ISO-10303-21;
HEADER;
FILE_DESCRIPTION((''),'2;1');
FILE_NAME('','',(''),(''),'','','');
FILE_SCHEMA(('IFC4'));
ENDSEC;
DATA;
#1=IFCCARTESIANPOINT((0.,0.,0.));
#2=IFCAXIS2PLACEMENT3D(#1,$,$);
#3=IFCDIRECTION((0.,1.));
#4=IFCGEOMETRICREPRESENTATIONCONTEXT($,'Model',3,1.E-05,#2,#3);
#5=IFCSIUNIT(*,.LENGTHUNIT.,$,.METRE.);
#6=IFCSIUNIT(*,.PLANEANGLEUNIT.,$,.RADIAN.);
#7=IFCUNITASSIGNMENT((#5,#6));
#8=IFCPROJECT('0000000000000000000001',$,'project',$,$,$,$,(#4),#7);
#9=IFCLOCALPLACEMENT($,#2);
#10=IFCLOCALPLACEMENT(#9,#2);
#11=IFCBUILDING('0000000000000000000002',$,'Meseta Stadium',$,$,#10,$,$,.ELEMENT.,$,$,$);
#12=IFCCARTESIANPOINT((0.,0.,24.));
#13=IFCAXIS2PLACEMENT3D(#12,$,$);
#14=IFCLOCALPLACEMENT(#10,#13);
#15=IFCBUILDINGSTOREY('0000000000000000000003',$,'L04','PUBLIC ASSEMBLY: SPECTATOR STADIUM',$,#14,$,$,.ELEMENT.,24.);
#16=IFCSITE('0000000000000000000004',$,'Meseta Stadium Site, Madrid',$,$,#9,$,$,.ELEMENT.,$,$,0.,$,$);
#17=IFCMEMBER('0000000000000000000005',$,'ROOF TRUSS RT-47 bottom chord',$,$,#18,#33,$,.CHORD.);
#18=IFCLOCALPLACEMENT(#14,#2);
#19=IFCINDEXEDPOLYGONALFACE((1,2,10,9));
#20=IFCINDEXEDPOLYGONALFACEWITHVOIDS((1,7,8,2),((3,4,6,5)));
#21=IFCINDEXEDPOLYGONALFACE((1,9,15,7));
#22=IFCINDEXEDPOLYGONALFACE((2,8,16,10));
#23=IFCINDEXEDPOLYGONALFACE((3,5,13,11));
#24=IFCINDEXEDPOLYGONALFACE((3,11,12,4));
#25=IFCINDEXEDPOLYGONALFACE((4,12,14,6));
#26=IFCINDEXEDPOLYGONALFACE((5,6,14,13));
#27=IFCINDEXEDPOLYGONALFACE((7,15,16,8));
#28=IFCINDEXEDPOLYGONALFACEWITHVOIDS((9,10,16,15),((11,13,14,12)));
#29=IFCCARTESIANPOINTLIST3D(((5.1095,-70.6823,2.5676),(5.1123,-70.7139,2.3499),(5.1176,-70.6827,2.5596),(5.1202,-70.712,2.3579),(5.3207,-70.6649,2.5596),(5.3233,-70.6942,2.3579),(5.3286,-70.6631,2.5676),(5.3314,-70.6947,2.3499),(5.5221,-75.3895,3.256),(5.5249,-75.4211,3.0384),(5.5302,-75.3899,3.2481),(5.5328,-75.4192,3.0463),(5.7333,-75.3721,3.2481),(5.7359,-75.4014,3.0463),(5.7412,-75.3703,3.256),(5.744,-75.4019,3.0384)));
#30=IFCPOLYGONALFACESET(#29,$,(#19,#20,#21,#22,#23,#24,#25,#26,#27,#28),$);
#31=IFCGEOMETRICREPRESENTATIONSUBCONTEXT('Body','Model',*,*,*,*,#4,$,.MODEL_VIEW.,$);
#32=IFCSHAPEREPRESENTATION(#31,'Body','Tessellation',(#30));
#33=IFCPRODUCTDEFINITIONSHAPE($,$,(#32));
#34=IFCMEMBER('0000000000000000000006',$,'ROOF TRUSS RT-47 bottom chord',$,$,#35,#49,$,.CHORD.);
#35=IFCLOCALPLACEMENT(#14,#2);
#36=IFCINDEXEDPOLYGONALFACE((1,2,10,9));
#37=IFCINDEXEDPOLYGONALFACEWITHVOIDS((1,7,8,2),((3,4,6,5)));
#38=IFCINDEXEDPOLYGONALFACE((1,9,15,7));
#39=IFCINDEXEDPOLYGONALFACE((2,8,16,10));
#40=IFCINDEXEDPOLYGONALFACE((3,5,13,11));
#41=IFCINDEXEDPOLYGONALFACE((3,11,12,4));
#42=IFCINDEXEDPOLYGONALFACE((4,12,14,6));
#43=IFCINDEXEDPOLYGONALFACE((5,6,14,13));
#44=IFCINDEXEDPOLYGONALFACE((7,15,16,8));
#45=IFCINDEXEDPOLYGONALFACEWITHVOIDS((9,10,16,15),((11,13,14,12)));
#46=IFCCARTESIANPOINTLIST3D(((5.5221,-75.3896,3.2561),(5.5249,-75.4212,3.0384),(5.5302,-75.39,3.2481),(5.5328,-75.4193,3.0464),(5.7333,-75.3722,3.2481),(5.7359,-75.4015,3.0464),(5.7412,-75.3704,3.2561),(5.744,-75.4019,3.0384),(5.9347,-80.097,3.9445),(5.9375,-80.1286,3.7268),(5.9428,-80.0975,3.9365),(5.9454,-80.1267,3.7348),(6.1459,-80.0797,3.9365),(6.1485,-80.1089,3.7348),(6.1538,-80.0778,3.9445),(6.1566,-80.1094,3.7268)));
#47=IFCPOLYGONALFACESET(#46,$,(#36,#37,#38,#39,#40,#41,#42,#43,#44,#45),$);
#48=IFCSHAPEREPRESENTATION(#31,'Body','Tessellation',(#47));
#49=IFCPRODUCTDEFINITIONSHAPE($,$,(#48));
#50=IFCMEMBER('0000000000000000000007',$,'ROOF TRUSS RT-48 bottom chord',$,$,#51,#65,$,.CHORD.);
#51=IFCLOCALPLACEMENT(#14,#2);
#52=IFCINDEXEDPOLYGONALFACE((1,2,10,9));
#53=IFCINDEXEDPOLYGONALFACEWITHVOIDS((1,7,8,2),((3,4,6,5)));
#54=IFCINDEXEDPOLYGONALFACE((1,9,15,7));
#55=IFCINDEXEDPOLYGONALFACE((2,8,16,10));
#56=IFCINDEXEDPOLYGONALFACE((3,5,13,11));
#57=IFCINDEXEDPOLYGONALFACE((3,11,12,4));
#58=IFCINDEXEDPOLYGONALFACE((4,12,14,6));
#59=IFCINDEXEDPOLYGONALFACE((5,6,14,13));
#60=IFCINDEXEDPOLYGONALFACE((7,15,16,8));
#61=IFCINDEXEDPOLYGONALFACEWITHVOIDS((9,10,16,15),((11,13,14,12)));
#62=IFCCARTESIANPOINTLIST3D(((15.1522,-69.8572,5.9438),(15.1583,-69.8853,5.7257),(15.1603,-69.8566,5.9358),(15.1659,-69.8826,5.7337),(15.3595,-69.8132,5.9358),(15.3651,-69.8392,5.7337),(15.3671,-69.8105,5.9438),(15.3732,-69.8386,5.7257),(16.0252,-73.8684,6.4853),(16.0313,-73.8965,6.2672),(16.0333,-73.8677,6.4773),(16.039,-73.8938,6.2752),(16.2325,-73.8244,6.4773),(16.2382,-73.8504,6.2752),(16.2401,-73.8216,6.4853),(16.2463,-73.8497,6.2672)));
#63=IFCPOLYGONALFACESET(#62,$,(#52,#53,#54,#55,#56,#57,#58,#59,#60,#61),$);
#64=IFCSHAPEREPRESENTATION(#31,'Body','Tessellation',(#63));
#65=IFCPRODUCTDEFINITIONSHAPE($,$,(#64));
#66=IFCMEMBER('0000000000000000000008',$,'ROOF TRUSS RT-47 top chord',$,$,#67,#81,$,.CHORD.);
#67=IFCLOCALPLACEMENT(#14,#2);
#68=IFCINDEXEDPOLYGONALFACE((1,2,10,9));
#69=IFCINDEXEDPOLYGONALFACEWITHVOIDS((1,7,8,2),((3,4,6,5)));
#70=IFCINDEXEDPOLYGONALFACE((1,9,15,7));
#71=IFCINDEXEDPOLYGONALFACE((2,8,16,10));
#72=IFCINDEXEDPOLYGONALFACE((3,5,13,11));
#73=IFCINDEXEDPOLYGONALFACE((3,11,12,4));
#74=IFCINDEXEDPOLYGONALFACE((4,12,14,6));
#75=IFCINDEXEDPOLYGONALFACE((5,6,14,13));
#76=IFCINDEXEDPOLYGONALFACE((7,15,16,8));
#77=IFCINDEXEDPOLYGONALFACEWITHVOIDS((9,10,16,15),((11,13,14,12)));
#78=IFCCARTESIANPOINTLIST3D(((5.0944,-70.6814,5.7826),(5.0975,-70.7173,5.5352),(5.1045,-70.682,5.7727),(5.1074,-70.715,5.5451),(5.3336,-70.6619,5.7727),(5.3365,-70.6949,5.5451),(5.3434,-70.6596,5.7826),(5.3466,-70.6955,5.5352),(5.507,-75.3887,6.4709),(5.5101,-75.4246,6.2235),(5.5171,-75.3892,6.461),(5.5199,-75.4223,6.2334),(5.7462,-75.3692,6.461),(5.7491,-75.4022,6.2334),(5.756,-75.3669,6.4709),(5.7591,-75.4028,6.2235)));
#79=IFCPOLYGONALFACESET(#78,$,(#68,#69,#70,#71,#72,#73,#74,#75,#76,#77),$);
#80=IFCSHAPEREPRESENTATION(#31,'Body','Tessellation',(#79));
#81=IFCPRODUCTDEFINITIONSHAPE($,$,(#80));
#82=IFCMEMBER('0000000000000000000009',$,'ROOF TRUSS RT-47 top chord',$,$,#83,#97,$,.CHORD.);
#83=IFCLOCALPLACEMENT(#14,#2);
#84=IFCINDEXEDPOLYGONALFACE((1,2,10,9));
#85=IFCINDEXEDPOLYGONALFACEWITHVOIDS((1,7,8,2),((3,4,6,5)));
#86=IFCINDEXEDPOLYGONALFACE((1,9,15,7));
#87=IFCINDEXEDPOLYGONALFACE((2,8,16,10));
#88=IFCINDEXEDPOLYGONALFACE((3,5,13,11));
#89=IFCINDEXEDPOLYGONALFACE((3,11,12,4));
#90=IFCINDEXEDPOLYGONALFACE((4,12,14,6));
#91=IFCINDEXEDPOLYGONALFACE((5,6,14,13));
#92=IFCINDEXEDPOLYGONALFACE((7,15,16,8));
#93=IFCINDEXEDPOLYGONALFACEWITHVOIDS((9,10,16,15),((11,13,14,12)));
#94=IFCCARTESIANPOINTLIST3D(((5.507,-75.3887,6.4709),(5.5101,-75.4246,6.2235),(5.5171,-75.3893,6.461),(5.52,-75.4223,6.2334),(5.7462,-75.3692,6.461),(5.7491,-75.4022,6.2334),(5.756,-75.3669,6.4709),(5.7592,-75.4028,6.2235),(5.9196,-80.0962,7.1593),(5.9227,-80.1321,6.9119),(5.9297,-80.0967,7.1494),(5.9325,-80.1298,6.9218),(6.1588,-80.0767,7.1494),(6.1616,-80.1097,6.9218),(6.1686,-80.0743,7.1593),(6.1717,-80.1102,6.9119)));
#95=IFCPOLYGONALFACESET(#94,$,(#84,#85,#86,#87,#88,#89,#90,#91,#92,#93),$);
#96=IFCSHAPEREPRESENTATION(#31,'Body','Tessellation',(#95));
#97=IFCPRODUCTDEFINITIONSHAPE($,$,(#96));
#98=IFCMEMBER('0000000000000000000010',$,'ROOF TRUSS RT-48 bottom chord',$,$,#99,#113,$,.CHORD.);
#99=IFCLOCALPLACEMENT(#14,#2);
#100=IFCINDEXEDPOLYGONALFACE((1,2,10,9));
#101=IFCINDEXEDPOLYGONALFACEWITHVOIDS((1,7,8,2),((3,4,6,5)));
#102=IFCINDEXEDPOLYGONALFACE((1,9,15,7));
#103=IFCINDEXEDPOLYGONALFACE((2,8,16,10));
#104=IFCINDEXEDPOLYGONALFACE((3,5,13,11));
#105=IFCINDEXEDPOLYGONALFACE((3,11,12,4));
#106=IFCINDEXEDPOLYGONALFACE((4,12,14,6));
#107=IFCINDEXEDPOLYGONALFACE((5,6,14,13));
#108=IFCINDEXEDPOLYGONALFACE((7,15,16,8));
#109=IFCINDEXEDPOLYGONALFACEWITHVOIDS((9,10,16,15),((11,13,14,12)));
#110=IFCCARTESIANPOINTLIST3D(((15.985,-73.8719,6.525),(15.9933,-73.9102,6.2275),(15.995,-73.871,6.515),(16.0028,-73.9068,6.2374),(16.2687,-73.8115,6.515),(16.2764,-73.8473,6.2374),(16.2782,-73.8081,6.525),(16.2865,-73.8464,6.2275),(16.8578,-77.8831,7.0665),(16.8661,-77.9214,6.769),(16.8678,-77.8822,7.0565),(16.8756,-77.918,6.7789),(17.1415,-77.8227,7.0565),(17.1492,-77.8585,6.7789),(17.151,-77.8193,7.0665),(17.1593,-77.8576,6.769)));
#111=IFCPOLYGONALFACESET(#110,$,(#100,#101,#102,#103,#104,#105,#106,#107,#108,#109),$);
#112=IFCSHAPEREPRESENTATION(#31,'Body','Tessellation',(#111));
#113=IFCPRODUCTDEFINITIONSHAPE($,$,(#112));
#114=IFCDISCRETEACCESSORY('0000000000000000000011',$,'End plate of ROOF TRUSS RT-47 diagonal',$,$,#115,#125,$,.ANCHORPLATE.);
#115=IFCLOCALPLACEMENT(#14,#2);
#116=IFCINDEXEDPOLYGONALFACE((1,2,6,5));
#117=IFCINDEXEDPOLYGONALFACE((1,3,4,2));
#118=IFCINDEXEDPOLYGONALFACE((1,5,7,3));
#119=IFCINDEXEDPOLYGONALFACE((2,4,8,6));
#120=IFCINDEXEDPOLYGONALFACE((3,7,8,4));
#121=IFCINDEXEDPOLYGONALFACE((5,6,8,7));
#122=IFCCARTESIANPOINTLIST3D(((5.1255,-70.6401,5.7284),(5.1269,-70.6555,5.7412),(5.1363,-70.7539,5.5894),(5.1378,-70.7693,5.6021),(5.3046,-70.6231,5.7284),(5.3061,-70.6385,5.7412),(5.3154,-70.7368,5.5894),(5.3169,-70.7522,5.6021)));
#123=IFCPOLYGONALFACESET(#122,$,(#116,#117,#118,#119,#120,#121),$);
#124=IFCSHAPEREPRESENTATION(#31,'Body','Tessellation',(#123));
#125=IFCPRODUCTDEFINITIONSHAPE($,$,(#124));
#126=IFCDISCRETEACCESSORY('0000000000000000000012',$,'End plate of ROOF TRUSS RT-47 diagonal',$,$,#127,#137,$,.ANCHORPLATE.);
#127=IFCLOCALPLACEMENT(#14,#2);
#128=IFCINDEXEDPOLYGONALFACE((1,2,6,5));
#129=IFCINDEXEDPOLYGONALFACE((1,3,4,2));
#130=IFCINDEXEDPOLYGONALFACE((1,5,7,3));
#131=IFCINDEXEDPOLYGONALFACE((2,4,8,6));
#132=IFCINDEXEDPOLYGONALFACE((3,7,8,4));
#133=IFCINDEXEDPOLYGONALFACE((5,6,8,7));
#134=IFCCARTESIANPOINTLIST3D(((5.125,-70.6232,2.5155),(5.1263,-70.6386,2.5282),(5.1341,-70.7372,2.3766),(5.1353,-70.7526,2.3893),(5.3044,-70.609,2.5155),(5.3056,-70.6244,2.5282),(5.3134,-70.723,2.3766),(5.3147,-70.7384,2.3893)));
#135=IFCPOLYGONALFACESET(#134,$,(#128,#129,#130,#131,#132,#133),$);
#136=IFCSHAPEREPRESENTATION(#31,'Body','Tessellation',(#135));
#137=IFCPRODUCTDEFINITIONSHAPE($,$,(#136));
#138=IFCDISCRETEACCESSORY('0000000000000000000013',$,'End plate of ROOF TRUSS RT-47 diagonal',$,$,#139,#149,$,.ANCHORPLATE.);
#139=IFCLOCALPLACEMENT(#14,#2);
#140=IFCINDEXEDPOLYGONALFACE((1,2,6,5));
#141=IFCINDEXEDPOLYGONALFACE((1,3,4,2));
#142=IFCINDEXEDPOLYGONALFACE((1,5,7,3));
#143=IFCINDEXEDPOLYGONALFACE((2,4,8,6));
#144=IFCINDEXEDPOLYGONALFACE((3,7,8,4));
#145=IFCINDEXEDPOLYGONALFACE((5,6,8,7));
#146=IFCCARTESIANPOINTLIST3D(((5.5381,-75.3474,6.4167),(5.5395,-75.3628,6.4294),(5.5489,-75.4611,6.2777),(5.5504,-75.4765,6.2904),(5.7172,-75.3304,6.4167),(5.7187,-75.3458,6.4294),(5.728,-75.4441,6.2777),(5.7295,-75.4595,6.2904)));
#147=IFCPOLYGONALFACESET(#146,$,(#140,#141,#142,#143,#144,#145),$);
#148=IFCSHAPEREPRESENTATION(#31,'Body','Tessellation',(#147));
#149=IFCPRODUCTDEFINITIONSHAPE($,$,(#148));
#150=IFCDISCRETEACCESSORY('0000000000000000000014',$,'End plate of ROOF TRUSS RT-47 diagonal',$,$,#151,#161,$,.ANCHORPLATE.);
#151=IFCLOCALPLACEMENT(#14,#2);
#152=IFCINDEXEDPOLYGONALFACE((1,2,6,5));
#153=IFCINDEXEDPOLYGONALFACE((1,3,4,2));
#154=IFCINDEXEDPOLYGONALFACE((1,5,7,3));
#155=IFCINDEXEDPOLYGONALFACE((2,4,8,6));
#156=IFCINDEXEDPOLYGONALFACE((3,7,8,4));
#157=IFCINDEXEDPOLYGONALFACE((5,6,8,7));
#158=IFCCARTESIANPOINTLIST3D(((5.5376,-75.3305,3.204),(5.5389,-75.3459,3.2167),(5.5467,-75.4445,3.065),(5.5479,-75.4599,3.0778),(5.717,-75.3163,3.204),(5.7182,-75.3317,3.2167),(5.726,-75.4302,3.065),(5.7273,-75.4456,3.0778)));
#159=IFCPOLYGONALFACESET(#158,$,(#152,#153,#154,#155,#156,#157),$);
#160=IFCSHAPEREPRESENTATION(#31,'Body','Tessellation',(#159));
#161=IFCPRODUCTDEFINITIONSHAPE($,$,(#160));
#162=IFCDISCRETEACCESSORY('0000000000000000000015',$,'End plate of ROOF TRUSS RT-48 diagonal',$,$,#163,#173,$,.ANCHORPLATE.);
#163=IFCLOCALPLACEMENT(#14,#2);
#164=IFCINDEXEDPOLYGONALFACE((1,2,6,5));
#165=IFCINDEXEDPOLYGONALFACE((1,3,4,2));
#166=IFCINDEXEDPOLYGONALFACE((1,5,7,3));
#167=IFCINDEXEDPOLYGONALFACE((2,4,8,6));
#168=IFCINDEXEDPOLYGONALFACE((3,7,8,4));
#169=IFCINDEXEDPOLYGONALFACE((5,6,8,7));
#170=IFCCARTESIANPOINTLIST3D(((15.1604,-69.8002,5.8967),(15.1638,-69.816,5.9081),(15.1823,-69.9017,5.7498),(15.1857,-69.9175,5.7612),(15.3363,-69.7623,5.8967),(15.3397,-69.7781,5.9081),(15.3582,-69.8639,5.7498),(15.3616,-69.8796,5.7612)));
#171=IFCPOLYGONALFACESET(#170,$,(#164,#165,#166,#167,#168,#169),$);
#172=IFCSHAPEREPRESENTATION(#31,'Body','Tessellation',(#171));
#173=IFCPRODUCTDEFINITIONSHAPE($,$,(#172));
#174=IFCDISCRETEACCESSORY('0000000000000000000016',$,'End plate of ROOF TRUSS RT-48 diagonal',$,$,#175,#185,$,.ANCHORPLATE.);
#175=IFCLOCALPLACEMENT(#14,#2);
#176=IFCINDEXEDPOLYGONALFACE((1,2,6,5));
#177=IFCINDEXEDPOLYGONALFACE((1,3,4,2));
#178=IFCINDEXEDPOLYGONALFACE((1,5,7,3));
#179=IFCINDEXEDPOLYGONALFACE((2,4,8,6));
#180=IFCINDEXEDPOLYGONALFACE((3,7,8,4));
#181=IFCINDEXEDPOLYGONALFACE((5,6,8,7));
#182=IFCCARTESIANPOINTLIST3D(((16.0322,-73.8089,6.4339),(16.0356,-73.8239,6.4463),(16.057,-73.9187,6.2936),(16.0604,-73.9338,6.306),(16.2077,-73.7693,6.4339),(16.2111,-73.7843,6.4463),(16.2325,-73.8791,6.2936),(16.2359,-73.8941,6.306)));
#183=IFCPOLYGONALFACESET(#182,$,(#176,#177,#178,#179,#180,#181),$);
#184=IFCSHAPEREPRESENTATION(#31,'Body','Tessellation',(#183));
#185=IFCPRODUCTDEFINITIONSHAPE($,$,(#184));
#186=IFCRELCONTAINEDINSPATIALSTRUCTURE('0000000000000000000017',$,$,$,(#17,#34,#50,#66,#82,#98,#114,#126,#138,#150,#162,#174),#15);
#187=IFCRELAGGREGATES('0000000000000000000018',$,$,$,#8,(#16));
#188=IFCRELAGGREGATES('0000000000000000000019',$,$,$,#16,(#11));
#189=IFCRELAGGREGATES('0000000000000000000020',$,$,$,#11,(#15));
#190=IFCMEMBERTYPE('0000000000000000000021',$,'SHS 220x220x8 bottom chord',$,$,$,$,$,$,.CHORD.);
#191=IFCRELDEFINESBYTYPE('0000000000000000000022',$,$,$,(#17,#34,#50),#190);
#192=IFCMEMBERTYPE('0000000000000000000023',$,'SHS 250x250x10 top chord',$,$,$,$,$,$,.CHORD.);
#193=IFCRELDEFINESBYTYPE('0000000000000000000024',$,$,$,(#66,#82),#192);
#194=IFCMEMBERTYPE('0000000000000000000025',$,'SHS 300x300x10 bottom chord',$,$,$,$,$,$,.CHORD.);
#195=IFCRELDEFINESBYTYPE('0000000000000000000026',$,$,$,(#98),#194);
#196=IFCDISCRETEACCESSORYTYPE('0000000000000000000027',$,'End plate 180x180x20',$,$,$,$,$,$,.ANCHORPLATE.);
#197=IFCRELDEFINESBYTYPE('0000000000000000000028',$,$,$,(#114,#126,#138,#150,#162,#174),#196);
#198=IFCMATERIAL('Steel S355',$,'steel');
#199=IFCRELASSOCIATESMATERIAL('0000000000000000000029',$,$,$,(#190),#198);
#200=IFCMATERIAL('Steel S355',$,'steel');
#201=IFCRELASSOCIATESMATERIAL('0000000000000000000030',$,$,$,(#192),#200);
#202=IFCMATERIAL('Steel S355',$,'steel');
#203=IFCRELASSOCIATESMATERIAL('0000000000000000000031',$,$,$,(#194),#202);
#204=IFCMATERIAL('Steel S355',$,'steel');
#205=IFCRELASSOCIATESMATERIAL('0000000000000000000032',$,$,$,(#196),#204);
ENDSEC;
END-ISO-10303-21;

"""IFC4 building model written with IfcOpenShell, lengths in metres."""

from ifc_helpers import new_model, si_unit, direction, frame, origin, origin_2d, place, context, subcontext, project, spatial, rectangle, hollow_rectangle, extrude, material, material_profile, profile_set, type_object, element, save


model = new_model("IFC4")

# Units and contexts
model_context = context("Model", 3, precision=1e-05, world=origin(), true_north=direction((0.0, 1.0)))
body_context = subcontext(model_context, "Body", "Model", "MODEL_VIEW")
ifc_project = project(units=[si_unit("LENGTHUNIT", "METRE"), si_unit("PLANEANGLEUNIT", "RADIAN")], contexts=[model_context])

# Site, building, storey
site_placement = place(None, origin())
site = spatial("IfcSite", under=ifc_project, at=site_placement, Name="Meseta Stadium Site, Madrid", CompositionType="ELEMENT", RefElevation=0.0)
building_placement = place(site_placement, origin())
building = spatial("IfcBuilding", under=site, at=building_placement, Name="Meseta Stadium", CompositionType="ELEMENT")
storey_placement = place(building_placement, frame((0.0, 0.0, 24.0)))
storey = spatial("IfcBuildingStorey", under=building, at=storey_placement, Name="L04", Description="PUBLIC ASSEMBLY: SPECTATOR STADIUM", CompositionType="ELEMENT", Elevation=24.0)

# Members
ifc_material_1 = material(Name="Steel S355", Category="steel")
ifc_material_profile_1 = material_profile(ifc_material_1, hollow_rectangle(XDim=0.22, YDim=0.22, WallThickness=0.0081, at=origin_2d()), Name="SHS 220x220x8")
ifc_profile_set_1 = profile_set([ifc_material_profile_1], Name="Steel S355")
member_type_1 = type_object("IfcMemberType", Name="SHS 220x220x8 bottom chord", PredefinedType="CHORD", material=ifc_profile_set_1)
member_1_placement = place(storey_placement, frame((5.2205, -70.6885, 2.4587), z_axis=(0.086404, -0.985772, 0.144177), x_axis=(0.996181, 0.087316, 0.0)))
element("IfcMember", 1, at=member_1_placement, inside=storey, type_object=member_type_1, Name="ROOF TRUSS RT-47 bottom chord", PredefinedType="CHORD", context=body_context, shape_type="SweptSolid", body=[
    extrude(hollow_rectangle(XDim=0.22, YDim=0.22, WallThickness=0.0081, at=origin_2d()), origin(), (0.0, 0.0, 1.0), 4.7751),
])
member_2_placement = place(storey_placement, frame((5.6331, -75.3958, 3.1472), z_axis=(0.0864, -0.985774, 0.14417), x_axis=(0.996181, 0.087312, 0.0)))
element("IfcMember", 2, at=member_2_placement, inside=storey, type_object=member_type_1, Name="ROOF TRUSS RT-47 bottom chord", PredefinedType="CHORD", context=body_context, shape_type="SweptSolid", body=[
    extrude(hollow_rectangle(XDim=0.22, YDim=0.22, WallThickness=0.0081, at=origin_2d()), origin(), (0.0, 0.0, 1.0), 4.7754),
])
member_3_placement = place(storey_placement, frame((15.2627, -69.8479, 5.8347), z_axis=(0.210845, -0.968732, 0.130776), x_axis=(0.977124, 0.212672, 0.0)))
element("IfcMember", 3, at=member_3_placement, inside=storey, type_object=member_type_1, Name="ROOF TRUSS RT-48 bottom chord", PredefinedType="CHORD", context=body_context, shape_type="SweptSolid", body=[
    extrude(hollow_rectangle(XDim=0.22, YDim=0.22, WallThickness=0.0081, at=origin_2d()), origin(), (0.0, 0.0, 1.0), 4.1406),
])
ifc_material_2 = material(Name="Steel S355", Category="steel")
ifc_material_profile_2 = material_profile(ifc_material_2, hollow_rectangle(XDim=0.25, YDim=0.25, WallThickness=0.01, at=origin_2d()), Name="SHS 250x250x10")
ifc_profile_set_2 = profile_set([ifc_material_profile_2], Name="Steel S355")
member_type_2 = type_object("IfcMemberType", Name="SHS 250x250x10 top chord", PredefinedType="CHORD", material=ifc_profile_set_2)
member_4_placement = place(storey_placement, frame((5.2205, -70.6885, 5.6589), z_axis=(0.086405, -0.98578, 0.144127), x_axis=(0.996181, 0.087316, 0.0)))
element("IfcMember", 4, at=member_4_placement, inside=storey, type_object=member_type_2, Name="ROOF TRUSS RT-47 top chord", PredefinedType="CHORD", context=body_context, shape_type="SweptSolid", body=[
    extrude(hollow_rectangle(XDim=0.25, YDim=0.25, WallThickness=0.01, at=origin_2d()), origin(), (0.0, 0.0, 1.0), 4.7751),
])
member_5_placement = place(storey_placement, frame((5.6331, -75.3958, 6.3472), z_axis=(0.0864, -0.985774, 0.14417), x_axis=(0.996181, 0.087312, 0.0)))
element("IfcMember", 5, at=member_5_placement, inside=storey, type_object=member_type_2, Name="ROOF TRUSS RT-47 top chord", PredefinedType="CHORD", context=body_context, shape_type="SweptSolid", body=[
    extrude(hollow_rectangle(XDim=0.25, YDim=0.25, WallThickness=0.01, at=origin_2d()), origin(), (0.0, 0.0, 1.0), 4.7754),
])
ifc_material_3 = material(Name="Steel S355", Category="steel")
ifc_material_profile_3 = material_profile(ifc_material_3, hollow_rectangle(XDim=0.3, YDim=0.3, WallThickness=0.01, at=origin_2d()), Name="SHS 300x300x10")
ifc_profile_set_3 = profile_set([ifc_material_profile_3], Name="Steel S355")
member_type_3 = type_object("IfcMemberType", Name="SHS 300x300x10 bottom chord", PredefinedType="CHORD", material=ifc_profile_set_3)
member_6_placement = place(storey_placement, frame((16.1357, -73.8591, 6.3762), z_axis=(0.210789, -0.968744, 0.130778), x_axis=(0.977136, 0.212615, 0.0)))
element("IfcMember", 6, at=member_6_placement, inside=storey, type_object=member_type_3, Name="ROOF TRUSS RT-48 bottom chord", PredefinedType="CHORD", context=body_context, shape_type="SweptSolid", body=[
    extrude(hollow_rectangle(XDim=0.3, YDim=0.3, WallThickness=0.01, at=origin_2d()), origin(), (0.0, 0.0, 1.0), 4.1406),
])

# Discrete accessories
ifc_material_4 = material(Name="Steel S355", Category="steel")
ifc_material_profile_4 = material_profile(ifc_material_4, rectangle(XDim=0.1799, YDim=0.1799, at=origin_2d()), Name="PL 180x180")
ifc_profile_set_4 = profile_set([ifc_material_profile_4], Name="Steel S355")
discrete_accessory_type_1 = type_object("IfcDiscreteAccessoryType", Name="End plate 180x180x20", PredefinedType="ANCHORPLATE", material=ifc_profile_set_4)
for number, where, z_axis, x_axis, name in (
    (7, (5.2205, -70.6885, 5.6589), (0.073252, -0.769151, 0.634855), (0.995495, 0.094809, 0.0), "End plate of ROOF TRUSS RT-47 diagonal"),
    (8, (5.2192, -70.6731, 2.446), (0.061094, -0.769782, 0.635376), (0.996865, 0.079116, 0.0), "End plate of ROOF TRUSS RT-47 diagonal"),
    (9, (5.6331, -75.3958, 6.3472), (0.073252, -0.769151, 0.634855), (0.995495, 0.094809, 0.0), "End plate of ROOF TRUSS RT-47 diagonal"),
    (10, (5.6318, -75.3804, 3.1345), (0.061094, -0.769782, 0.635376), (0.996865, 0.079116, 0.0), "End plate of ROOF TRUSS RT-47 diagonal"),
):
    element("IfcDiscreteAccessory", number, at=place(storey_placement, frame(where, z_axis=z_axis, x_axis=x_axis)), inside=storey, type_object=discrete_accessory_type_1, Name=name, PredefinedType="ANCHORPLATE", context=body_context, shape_type="SweptSolid", body=[
        extrude(rectangle(XDim=0.1799, YDim=0.1799, at=origin_2d()), origin(), (0.0, 0.0, 1.0), 0.02),
    ])
for number, where, z_axis, x_axis, name in (
    (11, (15.2593, -69.832, 5.8232), (0.171938, -0.798282, 0.57722), (0.977582, 0.210556, 0.0), "End plate of ROOF TRUSS RT-48 diagonal"),
    (12, (16.1323, -73.844, 6.3638), (0.171795, -0.760808, 0.625826), (0.975441, 0.220261, 0.0), "End plate of ROOF TRUSS RT-48 diagonal"),
):
    element("IfcDiscreteAccessory", number, at=place(storey_placement, frame(where, z_axis=z_axis, x_axis=x_axis)), inside=storey, type_object=discrete_accessory_type_1, Name=name, PredefinedType="ANCHORPLATE", context=body_context, shape_type="SweptSolid", body=[
        extrude(rectangle(XDim=0.1799, YDim=0.1799, at=origin_2d()), origin(), (0.0, 0.0, 1.0), 0.0198),
    ])

save(model, "model.ifc")
